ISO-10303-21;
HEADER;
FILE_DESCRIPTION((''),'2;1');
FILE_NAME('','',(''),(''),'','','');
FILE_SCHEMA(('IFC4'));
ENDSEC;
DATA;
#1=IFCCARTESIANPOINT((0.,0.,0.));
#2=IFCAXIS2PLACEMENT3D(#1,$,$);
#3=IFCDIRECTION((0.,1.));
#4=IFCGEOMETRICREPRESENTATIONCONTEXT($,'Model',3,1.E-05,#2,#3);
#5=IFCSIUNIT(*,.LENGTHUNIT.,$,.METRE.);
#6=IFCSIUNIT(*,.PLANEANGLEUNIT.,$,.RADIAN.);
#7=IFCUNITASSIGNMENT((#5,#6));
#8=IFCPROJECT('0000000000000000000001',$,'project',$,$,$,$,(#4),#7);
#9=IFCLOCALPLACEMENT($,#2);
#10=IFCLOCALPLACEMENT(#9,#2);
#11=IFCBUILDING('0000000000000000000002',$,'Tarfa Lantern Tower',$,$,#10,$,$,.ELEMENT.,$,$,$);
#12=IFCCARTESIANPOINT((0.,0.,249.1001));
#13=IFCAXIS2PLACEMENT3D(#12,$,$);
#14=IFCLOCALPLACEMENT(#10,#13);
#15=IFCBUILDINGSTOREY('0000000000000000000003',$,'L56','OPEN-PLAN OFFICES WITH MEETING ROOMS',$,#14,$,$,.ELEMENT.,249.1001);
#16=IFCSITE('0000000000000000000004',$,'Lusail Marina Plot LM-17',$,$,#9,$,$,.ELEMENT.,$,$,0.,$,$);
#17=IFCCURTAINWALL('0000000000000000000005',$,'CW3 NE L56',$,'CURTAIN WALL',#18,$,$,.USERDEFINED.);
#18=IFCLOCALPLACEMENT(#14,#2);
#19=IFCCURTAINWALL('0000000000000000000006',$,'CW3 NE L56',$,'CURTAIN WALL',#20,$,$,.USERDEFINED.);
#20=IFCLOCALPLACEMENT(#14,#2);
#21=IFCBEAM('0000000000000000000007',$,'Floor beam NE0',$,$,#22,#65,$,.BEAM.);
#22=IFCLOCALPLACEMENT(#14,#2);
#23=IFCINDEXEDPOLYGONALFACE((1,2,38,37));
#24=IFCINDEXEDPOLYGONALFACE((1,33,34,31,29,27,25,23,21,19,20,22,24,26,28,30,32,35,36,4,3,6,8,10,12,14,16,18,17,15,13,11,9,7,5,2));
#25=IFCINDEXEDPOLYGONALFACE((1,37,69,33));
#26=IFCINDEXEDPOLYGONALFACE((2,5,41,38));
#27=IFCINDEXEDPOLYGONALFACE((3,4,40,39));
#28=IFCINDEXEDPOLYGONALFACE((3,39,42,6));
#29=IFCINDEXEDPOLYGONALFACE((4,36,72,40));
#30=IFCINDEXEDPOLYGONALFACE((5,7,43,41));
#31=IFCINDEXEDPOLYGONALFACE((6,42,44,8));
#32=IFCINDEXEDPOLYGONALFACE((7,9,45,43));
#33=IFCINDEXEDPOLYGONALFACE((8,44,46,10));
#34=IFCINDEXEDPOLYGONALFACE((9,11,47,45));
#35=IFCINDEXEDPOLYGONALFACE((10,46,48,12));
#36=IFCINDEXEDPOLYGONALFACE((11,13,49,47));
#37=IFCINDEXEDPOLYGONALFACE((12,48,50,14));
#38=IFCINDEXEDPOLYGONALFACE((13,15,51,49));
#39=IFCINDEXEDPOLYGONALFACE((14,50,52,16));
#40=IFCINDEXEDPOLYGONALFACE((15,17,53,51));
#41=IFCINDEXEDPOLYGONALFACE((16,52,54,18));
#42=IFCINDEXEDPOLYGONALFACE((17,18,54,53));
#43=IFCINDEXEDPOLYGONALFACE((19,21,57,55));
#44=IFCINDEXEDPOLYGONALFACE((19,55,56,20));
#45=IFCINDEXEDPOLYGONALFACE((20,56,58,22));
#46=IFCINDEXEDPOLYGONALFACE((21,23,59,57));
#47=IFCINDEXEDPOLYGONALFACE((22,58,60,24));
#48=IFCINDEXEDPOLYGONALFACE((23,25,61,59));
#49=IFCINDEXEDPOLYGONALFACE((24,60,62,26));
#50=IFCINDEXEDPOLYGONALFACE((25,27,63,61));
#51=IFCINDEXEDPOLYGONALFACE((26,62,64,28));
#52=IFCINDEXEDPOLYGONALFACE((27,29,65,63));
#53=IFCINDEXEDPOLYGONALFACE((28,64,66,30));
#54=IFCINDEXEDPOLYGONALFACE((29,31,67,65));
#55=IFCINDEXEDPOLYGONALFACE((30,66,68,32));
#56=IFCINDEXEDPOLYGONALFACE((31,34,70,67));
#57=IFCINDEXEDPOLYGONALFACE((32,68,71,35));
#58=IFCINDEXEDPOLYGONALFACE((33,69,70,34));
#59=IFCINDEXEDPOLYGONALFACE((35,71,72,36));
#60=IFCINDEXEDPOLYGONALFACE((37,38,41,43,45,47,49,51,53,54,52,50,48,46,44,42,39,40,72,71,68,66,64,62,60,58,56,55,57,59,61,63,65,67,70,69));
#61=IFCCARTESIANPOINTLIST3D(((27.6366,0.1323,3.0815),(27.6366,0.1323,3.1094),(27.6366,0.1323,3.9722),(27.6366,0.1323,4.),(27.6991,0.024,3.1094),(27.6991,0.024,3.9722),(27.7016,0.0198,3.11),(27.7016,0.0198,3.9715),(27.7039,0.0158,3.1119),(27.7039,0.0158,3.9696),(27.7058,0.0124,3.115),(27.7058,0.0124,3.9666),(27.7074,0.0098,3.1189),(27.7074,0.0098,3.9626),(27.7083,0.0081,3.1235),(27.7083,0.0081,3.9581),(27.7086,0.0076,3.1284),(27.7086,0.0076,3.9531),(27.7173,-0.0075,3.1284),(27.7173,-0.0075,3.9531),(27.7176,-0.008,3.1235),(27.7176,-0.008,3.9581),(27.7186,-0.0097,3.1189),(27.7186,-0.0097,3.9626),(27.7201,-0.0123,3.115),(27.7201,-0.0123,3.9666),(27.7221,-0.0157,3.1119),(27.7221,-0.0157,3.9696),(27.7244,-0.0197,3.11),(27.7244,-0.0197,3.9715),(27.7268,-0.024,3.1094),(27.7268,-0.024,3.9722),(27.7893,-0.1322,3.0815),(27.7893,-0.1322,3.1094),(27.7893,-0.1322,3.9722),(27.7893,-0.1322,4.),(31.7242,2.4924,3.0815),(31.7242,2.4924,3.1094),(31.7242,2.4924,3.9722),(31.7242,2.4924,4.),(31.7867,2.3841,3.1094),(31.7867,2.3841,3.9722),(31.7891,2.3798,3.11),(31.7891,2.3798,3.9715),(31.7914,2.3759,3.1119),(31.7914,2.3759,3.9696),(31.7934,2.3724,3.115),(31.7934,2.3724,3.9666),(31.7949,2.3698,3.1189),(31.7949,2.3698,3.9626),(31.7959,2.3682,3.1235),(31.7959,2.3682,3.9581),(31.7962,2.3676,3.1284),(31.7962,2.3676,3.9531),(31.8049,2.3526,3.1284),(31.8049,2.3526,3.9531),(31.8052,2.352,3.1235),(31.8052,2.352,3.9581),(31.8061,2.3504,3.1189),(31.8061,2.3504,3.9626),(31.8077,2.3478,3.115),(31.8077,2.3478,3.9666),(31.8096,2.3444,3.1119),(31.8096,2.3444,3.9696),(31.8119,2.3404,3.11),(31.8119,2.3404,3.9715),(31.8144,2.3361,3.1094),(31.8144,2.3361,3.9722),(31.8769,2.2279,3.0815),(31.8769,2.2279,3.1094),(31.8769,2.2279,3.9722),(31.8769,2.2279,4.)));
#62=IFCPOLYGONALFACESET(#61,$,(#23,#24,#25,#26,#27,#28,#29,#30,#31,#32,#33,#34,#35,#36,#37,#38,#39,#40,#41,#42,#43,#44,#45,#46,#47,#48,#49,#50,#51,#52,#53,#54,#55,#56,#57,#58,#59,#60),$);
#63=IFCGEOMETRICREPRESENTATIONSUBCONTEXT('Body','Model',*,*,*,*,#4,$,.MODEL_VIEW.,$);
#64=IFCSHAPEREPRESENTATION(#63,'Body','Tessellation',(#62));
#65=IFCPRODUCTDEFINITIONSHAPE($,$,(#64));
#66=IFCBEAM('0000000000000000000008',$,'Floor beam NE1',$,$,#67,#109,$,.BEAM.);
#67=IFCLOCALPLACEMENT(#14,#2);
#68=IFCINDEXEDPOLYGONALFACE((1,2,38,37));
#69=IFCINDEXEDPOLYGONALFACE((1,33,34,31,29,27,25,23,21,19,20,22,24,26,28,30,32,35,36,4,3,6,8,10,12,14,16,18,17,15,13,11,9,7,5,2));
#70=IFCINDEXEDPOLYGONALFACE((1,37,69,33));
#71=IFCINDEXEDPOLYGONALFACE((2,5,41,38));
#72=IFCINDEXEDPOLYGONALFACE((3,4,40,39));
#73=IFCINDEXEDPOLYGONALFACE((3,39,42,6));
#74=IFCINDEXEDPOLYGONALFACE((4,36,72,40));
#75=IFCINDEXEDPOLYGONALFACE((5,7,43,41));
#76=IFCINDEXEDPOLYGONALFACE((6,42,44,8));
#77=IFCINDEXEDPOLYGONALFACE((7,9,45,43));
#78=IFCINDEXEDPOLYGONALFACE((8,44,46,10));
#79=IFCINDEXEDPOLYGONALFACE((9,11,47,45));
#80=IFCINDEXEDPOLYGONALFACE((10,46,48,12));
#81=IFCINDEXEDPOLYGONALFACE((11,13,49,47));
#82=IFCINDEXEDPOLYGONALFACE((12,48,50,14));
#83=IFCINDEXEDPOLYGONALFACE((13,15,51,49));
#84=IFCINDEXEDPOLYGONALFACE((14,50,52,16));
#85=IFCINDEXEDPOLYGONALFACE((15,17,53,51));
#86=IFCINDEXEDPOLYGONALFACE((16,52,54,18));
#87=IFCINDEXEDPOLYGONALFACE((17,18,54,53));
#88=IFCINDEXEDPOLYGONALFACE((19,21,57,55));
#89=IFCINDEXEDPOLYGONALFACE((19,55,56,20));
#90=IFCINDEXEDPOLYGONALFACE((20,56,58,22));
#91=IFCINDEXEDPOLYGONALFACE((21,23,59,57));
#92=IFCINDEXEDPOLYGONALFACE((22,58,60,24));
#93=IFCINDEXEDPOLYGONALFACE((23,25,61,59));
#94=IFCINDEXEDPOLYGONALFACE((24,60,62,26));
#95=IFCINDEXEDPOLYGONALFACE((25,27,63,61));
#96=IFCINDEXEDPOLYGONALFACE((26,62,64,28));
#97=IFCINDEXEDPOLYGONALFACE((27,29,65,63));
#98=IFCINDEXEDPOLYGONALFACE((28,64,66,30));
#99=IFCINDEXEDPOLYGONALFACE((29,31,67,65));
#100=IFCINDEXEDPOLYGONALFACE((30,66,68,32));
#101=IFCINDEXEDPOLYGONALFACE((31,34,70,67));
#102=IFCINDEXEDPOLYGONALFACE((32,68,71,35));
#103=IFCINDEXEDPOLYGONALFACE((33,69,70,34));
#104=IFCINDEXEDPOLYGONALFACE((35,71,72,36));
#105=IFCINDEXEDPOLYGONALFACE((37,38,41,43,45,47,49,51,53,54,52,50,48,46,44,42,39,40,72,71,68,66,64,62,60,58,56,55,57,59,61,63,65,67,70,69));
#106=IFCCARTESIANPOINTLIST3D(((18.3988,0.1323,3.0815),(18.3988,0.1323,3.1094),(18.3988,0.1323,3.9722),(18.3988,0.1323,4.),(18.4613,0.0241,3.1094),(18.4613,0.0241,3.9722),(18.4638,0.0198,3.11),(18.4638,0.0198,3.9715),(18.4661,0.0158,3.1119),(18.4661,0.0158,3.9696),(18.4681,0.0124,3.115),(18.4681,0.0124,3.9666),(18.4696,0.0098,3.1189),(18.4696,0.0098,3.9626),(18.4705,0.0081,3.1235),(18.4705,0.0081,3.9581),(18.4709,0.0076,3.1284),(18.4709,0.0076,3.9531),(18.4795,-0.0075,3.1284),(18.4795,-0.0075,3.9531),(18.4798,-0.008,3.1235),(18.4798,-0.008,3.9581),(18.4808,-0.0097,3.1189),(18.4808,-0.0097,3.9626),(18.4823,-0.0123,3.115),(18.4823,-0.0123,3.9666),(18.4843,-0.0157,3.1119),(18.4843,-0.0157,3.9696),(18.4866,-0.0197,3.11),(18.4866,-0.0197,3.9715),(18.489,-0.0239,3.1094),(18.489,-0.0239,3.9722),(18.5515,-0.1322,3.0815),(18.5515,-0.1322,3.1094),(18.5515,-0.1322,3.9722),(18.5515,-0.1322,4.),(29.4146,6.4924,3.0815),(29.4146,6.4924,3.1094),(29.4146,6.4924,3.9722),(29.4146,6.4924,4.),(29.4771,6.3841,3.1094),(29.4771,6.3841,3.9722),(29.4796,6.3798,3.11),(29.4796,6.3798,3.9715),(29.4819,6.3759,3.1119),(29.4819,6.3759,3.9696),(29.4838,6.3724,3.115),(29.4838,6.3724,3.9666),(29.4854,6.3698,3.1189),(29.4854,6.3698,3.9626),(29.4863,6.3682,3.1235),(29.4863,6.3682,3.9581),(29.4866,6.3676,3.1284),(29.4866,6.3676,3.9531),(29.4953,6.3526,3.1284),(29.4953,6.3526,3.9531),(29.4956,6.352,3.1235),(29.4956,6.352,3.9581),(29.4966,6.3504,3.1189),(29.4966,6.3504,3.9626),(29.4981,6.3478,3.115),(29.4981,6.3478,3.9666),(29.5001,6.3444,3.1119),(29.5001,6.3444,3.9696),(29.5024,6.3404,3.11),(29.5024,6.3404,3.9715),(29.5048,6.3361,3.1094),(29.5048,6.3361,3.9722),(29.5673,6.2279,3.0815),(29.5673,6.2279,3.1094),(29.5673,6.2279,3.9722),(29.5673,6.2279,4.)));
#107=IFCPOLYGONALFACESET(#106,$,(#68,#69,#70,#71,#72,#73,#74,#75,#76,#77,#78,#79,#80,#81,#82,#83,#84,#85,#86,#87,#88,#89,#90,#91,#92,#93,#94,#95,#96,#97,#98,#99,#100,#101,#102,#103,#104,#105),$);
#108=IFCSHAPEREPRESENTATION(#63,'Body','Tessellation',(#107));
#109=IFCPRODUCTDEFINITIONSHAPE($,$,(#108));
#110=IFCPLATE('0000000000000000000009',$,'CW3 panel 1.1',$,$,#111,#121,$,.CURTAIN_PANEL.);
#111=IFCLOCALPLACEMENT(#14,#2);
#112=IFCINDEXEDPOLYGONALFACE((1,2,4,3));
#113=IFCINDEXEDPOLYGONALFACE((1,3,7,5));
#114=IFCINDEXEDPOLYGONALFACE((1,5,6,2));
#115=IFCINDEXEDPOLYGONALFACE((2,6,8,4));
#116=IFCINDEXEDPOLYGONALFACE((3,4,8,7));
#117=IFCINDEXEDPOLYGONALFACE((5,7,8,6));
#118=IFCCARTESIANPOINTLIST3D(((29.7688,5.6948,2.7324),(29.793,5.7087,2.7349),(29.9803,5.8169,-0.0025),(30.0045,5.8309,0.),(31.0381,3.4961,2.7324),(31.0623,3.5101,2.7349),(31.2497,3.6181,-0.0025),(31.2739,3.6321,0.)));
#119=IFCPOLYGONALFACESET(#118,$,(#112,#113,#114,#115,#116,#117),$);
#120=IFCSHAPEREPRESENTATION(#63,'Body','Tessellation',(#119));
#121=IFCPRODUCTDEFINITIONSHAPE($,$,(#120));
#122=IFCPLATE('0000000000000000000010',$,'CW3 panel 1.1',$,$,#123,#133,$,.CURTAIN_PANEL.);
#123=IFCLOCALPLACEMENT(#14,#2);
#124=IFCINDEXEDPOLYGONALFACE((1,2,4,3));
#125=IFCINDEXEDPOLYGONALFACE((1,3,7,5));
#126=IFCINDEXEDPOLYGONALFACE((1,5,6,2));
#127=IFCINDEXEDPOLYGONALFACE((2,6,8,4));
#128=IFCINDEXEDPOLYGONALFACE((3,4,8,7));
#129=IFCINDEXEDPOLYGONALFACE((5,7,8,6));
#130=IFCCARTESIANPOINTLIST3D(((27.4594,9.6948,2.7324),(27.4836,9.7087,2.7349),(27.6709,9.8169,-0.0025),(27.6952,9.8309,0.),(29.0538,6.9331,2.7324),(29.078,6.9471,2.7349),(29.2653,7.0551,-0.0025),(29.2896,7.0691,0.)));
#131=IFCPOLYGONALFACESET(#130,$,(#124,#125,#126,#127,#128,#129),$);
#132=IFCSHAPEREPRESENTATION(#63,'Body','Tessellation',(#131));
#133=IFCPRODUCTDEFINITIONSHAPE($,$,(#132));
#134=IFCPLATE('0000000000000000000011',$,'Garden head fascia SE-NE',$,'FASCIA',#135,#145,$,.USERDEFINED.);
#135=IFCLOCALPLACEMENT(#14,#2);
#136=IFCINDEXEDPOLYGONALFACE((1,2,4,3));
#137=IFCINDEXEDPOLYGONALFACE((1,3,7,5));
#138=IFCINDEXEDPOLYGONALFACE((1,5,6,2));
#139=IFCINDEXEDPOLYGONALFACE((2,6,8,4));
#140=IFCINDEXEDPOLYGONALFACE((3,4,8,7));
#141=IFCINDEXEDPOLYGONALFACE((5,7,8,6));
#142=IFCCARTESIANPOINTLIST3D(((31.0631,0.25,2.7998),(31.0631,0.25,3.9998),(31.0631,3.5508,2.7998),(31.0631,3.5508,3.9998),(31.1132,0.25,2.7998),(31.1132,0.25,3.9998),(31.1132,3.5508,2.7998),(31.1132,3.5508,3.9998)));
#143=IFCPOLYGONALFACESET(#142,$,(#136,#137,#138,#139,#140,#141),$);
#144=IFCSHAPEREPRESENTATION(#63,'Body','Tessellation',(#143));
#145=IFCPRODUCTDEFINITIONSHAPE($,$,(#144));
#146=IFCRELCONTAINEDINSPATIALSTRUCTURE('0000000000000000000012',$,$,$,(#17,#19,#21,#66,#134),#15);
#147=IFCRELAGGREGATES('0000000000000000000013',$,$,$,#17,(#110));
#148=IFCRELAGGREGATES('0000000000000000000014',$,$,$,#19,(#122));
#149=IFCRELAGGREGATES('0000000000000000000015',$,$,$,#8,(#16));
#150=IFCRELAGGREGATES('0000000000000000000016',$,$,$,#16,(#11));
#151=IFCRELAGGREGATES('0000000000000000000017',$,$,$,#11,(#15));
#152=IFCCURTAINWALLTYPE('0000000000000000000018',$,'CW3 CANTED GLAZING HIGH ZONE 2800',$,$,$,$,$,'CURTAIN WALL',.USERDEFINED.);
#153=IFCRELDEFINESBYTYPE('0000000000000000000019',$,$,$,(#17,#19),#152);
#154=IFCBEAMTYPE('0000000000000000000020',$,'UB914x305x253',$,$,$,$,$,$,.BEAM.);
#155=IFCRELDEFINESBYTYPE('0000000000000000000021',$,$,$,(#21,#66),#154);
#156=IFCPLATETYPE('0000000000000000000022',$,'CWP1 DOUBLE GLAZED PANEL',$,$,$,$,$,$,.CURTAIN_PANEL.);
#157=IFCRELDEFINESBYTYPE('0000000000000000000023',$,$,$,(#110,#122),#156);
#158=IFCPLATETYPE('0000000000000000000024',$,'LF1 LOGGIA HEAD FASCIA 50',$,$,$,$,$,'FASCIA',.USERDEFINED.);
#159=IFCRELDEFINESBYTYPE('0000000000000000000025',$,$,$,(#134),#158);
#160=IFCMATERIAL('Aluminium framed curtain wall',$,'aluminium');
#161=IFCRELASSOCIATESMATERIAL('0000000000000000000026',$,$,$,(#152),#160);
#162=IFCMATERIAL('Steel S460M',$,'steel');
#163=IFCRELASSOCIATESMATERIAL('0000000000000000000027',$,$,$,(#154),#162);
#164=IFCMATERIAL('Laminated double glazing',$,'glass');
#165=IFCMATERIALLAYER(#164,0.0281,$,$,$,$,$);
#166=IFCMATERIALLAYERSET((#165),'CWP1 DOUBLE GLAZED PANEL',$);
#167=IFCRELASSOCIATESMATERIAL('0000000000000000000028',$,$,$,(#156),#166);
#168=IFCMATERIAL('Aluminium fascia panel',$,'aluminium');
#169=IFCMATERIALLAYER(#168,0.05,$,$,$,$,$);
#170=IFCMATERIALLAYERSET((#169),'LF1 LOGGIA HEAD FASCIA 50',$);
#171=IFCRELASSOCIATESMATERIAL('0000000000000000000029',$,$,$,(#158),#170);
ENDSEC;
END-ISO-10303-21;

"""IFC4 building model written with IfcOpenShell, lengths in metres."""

from ifc_helpers import new_model, si_unit, direction, frame, origin, origin_2d, place, context, subcontext, project, spatial, polyline, rectangle, i_section, outline, extrude, material, layer, layer_set, material_profile, profile_set, type_object, element, aggregate, save


model = new_model("IFC4")

# Units and contexts
model_context = context("Model", 3, precision=1e-05, world=origin(), true_north=direction((0.0, 1.0)))
body_context = subcontext(model_context, "Body", "Model", "MODEL_VIEW")
ifc_project = project(units=[si_unit("LENGTHUNIT", "METRE"), si_unit("PLANEANGLEUNIT", "RADIAN")], contexts=[model_context])

# Site, building, storey
site_placement = place(None, origin())
site = spatial("IfcSite", under=ifc_project, at=site_placement, Name="Lusail Marina Plot LM-17", CompositionType="ELEMENT", RefElevation=0.0)
building_placement = place(site_placement, origin())
building = spatial("IfcBuilding", under=site, at=building_placement, Name="Tarfa Lantern Tower", CompositionType="ELEMENT")
storey_placement = place(building_placement, frame((0.0, 0.0, 249.1001)))
storey = spatial("IfcBuildingStorey", under=building, at=storey_placement, Name="L56", Description="OPEN-PLAN OFFICES WITH MEETING ROOMS", CompositionType="ELEMENT", Elevation=249.1001)

# Curtain walls
ifc_material_1 = material(Name="Aluminium framed curtain wall", Category="aluminium")
curtain_wall_type = type_object("IfcCurtainWallType", Name="CW3 CANTED GLAZING HIGH ZONE 2800", ElementType="CURTAIN WALL", PredefinedType="USERDEFINED", material=ifc_material_1)
curtain_wall_1_placement = place(storey_placement, origin())
curtain_wall_1 = element("IfcCurtainWall", 1, at=curtain_wall_1_placement, inside=storey, type_object=curtain_wall_type, Name="CW3 NE L56", ObjectType="CURTAIN WALL", PredefinedType="USERDEFINED")
curtain_wall_2_placement = place(storey_placement, origin())
curtain_wall_2 = element("IfcCurtainWall", 2, at=curtain_wall_2_placement, inside=storey, type_object=curtain_wall_type, Name="CW3 NE L56", ObjectType="CURTAIN WALL", PredefinedType="USERDEFINED")

# Beams
ifc_material_2 = material(Name="Steel S460M", Category="steel")
ifc_material_profile_1 = material_profile(ifc_material_2, i_section(OverallWidth=0.3054, OverallDepth=0.9185, WebThickness=0.0173, FlangeThickness=0.0278, FilletRadius=0.019, at=origin_2d()), Name="UB914x305x253")
ifc_profile_set_1 = profile_set([ifc_material_profile_1], Name="Steel S460M")
beam_type_1 = type_object("IfcBeamType", Name="UB914x305x253", PredefinedType="BEAM", material=ifc_profile_set_1)
beam_1_placement = place(storey_placement, frame((31.8005, 2.3601, 3.5408), z_axis=(-0.866016, -0.500016, 0.0), x_axis=(0.500016, -0.866016, 0.0)))
element("IfcBeam", 3, at=beam_1_placement, inside=storey, type_object=beam_type_1, Name="Floor beam NE0", PredefinedType="BEAM", context=body_context, shape_type="SweptSolid", body=[
    extrude(i_section(OverallWidth=0.3054, OverallDepth=0.9185, WebThickness=0.0173, FlangeThickness=0.0278, FilletRadius=0.019, at=origin_2d()), origin(), (0.0, 0.0, 1.0), 4.72),
])
beam_2_placement = place(storey_placement, frame((29.491, 6.3601, 3.5408), z_axis=(-0.866022, -0.500005, 0.0), x_axis=(0.500005, -0.866022, 0.0)))
element("IfcBeam", 4, at=beam_2_placement, inside=storey, type_object=beam_type_1, Name="Floor beam NE1", PredefinedType="BEAM", context=body_context, shape_type="SweptSolid", body=[
    extrude(i_section(OverallWidth=0.3054, OverallDepth=0.9185, WebThickness=0.0173, FlangeThickness=0.0278, FilletRadius=0.019, at=origin_2d()), origin(), (0.0, 0.0, 1.0), 12.72),
])

# Plates
ifc_material_3 = material(Name="Laminated double glazing", Category="glass")
ifc_layer_1 = layer(ifc_material_3, 0.0281)
ifc_layer_set_1 = layer_set([ifc_layer_1], Name="CWP1 DOUBLE GLAZED PANEL")
plate_type_1 = type_object("IfcPlateType", Name="CWP1 DOUBLE GLAZED PANEL", PredefinedType="CURTAIN_PANEL", material=ifc_layer_set_1)
plate_1_placement = place(storey_placement, frame((31.2739, 3.6321, 0.0), z_axis=(0.862597, 0.49801, 0.088952), x_axis=(-0.499992, 0.86603, 0.000004)))
plate_1 = element("IfcPlate", 5, at=plate_1_placement, type_object=plate_type_1, Name="CW3 panel 1.1", PredefinedType="CURTAIN_PANEL", context=body_context, shape_type="SweptSolid", body=[
    extrude(outline(polyline([(0.0, 0.0), (2.5389, 0.0), (2.5389, 2.7457), (0.0001, 2.7458), (0.0, 0.0)])), origin(), (0.0, 0.0, -1.0), 0.0281),
])
aggregate(curtain_wall_1, [plate_1])
plate_2_placement = place(storey_placement, frame((29.2896, 7.0691, 0.0), z_axis=(0.862608, 0.49799, 0.088952), x_axis=(-0.499972, 0.866041, 0.000003)))
plate_2 = element("IfcPlate", 6, at=plate_2_placement, type_object=plate_type_1, Name="CW3 panel 1.1", PredefinedType="CURTAIN_PANEL", context=body_context, shape_type="SweptSolid", body=[
    extrude(outline(polyline([(0.0, 0.0), (3.189, 0.0), (3.189, 2.7457), (0.0001, 2.7458), (0.0, 0.0)])), origin(), (0.0, 0.0, -1.0), 0.0281),
])
aggregate(curtain_wall_2, [plate_2])
ifc_material_4 = material(Name="Aluminium fascia panel", Category="aluminium")
ifc_layer_2 = layer(ifc_material_4, 0.05)
ifc_layer_set_2 = layer_set([ifc_layer_2], Name="LF1 LOGGIA HEAD FASCIA 50")
plate_type_2 = type_object("IfcPlateType", Name="LF1 LOGGIA HEAD FASCIA 50", ElementType="FASCIA", PredefinedType="USERDEFINED", material=ifc_layer_set_2)
plate_3_placement = place(storey_placement, frame((31.0881, 1.9004, 2.7998), z_axis=(0.0, 0.0, 1.0), x_axis=(0.0, 1.0, 0.0)))
element("IfcPlate", 7, at=plate_3_placement, inside=storey, type_object=plate_type_2, Name="Garden head fascia SE-NE", ObjectType="FASCIA", PredefinedType="USERDEFINED", context=body_context, shape_type="SweptSolid", body=[
    extrude(rectangle(XDim=3.3008, YDim=0.05, at=origin_2d()), origin(), (0.0, 0.0, 1.0), 1.2),
])

save(model, "model.ifc")
